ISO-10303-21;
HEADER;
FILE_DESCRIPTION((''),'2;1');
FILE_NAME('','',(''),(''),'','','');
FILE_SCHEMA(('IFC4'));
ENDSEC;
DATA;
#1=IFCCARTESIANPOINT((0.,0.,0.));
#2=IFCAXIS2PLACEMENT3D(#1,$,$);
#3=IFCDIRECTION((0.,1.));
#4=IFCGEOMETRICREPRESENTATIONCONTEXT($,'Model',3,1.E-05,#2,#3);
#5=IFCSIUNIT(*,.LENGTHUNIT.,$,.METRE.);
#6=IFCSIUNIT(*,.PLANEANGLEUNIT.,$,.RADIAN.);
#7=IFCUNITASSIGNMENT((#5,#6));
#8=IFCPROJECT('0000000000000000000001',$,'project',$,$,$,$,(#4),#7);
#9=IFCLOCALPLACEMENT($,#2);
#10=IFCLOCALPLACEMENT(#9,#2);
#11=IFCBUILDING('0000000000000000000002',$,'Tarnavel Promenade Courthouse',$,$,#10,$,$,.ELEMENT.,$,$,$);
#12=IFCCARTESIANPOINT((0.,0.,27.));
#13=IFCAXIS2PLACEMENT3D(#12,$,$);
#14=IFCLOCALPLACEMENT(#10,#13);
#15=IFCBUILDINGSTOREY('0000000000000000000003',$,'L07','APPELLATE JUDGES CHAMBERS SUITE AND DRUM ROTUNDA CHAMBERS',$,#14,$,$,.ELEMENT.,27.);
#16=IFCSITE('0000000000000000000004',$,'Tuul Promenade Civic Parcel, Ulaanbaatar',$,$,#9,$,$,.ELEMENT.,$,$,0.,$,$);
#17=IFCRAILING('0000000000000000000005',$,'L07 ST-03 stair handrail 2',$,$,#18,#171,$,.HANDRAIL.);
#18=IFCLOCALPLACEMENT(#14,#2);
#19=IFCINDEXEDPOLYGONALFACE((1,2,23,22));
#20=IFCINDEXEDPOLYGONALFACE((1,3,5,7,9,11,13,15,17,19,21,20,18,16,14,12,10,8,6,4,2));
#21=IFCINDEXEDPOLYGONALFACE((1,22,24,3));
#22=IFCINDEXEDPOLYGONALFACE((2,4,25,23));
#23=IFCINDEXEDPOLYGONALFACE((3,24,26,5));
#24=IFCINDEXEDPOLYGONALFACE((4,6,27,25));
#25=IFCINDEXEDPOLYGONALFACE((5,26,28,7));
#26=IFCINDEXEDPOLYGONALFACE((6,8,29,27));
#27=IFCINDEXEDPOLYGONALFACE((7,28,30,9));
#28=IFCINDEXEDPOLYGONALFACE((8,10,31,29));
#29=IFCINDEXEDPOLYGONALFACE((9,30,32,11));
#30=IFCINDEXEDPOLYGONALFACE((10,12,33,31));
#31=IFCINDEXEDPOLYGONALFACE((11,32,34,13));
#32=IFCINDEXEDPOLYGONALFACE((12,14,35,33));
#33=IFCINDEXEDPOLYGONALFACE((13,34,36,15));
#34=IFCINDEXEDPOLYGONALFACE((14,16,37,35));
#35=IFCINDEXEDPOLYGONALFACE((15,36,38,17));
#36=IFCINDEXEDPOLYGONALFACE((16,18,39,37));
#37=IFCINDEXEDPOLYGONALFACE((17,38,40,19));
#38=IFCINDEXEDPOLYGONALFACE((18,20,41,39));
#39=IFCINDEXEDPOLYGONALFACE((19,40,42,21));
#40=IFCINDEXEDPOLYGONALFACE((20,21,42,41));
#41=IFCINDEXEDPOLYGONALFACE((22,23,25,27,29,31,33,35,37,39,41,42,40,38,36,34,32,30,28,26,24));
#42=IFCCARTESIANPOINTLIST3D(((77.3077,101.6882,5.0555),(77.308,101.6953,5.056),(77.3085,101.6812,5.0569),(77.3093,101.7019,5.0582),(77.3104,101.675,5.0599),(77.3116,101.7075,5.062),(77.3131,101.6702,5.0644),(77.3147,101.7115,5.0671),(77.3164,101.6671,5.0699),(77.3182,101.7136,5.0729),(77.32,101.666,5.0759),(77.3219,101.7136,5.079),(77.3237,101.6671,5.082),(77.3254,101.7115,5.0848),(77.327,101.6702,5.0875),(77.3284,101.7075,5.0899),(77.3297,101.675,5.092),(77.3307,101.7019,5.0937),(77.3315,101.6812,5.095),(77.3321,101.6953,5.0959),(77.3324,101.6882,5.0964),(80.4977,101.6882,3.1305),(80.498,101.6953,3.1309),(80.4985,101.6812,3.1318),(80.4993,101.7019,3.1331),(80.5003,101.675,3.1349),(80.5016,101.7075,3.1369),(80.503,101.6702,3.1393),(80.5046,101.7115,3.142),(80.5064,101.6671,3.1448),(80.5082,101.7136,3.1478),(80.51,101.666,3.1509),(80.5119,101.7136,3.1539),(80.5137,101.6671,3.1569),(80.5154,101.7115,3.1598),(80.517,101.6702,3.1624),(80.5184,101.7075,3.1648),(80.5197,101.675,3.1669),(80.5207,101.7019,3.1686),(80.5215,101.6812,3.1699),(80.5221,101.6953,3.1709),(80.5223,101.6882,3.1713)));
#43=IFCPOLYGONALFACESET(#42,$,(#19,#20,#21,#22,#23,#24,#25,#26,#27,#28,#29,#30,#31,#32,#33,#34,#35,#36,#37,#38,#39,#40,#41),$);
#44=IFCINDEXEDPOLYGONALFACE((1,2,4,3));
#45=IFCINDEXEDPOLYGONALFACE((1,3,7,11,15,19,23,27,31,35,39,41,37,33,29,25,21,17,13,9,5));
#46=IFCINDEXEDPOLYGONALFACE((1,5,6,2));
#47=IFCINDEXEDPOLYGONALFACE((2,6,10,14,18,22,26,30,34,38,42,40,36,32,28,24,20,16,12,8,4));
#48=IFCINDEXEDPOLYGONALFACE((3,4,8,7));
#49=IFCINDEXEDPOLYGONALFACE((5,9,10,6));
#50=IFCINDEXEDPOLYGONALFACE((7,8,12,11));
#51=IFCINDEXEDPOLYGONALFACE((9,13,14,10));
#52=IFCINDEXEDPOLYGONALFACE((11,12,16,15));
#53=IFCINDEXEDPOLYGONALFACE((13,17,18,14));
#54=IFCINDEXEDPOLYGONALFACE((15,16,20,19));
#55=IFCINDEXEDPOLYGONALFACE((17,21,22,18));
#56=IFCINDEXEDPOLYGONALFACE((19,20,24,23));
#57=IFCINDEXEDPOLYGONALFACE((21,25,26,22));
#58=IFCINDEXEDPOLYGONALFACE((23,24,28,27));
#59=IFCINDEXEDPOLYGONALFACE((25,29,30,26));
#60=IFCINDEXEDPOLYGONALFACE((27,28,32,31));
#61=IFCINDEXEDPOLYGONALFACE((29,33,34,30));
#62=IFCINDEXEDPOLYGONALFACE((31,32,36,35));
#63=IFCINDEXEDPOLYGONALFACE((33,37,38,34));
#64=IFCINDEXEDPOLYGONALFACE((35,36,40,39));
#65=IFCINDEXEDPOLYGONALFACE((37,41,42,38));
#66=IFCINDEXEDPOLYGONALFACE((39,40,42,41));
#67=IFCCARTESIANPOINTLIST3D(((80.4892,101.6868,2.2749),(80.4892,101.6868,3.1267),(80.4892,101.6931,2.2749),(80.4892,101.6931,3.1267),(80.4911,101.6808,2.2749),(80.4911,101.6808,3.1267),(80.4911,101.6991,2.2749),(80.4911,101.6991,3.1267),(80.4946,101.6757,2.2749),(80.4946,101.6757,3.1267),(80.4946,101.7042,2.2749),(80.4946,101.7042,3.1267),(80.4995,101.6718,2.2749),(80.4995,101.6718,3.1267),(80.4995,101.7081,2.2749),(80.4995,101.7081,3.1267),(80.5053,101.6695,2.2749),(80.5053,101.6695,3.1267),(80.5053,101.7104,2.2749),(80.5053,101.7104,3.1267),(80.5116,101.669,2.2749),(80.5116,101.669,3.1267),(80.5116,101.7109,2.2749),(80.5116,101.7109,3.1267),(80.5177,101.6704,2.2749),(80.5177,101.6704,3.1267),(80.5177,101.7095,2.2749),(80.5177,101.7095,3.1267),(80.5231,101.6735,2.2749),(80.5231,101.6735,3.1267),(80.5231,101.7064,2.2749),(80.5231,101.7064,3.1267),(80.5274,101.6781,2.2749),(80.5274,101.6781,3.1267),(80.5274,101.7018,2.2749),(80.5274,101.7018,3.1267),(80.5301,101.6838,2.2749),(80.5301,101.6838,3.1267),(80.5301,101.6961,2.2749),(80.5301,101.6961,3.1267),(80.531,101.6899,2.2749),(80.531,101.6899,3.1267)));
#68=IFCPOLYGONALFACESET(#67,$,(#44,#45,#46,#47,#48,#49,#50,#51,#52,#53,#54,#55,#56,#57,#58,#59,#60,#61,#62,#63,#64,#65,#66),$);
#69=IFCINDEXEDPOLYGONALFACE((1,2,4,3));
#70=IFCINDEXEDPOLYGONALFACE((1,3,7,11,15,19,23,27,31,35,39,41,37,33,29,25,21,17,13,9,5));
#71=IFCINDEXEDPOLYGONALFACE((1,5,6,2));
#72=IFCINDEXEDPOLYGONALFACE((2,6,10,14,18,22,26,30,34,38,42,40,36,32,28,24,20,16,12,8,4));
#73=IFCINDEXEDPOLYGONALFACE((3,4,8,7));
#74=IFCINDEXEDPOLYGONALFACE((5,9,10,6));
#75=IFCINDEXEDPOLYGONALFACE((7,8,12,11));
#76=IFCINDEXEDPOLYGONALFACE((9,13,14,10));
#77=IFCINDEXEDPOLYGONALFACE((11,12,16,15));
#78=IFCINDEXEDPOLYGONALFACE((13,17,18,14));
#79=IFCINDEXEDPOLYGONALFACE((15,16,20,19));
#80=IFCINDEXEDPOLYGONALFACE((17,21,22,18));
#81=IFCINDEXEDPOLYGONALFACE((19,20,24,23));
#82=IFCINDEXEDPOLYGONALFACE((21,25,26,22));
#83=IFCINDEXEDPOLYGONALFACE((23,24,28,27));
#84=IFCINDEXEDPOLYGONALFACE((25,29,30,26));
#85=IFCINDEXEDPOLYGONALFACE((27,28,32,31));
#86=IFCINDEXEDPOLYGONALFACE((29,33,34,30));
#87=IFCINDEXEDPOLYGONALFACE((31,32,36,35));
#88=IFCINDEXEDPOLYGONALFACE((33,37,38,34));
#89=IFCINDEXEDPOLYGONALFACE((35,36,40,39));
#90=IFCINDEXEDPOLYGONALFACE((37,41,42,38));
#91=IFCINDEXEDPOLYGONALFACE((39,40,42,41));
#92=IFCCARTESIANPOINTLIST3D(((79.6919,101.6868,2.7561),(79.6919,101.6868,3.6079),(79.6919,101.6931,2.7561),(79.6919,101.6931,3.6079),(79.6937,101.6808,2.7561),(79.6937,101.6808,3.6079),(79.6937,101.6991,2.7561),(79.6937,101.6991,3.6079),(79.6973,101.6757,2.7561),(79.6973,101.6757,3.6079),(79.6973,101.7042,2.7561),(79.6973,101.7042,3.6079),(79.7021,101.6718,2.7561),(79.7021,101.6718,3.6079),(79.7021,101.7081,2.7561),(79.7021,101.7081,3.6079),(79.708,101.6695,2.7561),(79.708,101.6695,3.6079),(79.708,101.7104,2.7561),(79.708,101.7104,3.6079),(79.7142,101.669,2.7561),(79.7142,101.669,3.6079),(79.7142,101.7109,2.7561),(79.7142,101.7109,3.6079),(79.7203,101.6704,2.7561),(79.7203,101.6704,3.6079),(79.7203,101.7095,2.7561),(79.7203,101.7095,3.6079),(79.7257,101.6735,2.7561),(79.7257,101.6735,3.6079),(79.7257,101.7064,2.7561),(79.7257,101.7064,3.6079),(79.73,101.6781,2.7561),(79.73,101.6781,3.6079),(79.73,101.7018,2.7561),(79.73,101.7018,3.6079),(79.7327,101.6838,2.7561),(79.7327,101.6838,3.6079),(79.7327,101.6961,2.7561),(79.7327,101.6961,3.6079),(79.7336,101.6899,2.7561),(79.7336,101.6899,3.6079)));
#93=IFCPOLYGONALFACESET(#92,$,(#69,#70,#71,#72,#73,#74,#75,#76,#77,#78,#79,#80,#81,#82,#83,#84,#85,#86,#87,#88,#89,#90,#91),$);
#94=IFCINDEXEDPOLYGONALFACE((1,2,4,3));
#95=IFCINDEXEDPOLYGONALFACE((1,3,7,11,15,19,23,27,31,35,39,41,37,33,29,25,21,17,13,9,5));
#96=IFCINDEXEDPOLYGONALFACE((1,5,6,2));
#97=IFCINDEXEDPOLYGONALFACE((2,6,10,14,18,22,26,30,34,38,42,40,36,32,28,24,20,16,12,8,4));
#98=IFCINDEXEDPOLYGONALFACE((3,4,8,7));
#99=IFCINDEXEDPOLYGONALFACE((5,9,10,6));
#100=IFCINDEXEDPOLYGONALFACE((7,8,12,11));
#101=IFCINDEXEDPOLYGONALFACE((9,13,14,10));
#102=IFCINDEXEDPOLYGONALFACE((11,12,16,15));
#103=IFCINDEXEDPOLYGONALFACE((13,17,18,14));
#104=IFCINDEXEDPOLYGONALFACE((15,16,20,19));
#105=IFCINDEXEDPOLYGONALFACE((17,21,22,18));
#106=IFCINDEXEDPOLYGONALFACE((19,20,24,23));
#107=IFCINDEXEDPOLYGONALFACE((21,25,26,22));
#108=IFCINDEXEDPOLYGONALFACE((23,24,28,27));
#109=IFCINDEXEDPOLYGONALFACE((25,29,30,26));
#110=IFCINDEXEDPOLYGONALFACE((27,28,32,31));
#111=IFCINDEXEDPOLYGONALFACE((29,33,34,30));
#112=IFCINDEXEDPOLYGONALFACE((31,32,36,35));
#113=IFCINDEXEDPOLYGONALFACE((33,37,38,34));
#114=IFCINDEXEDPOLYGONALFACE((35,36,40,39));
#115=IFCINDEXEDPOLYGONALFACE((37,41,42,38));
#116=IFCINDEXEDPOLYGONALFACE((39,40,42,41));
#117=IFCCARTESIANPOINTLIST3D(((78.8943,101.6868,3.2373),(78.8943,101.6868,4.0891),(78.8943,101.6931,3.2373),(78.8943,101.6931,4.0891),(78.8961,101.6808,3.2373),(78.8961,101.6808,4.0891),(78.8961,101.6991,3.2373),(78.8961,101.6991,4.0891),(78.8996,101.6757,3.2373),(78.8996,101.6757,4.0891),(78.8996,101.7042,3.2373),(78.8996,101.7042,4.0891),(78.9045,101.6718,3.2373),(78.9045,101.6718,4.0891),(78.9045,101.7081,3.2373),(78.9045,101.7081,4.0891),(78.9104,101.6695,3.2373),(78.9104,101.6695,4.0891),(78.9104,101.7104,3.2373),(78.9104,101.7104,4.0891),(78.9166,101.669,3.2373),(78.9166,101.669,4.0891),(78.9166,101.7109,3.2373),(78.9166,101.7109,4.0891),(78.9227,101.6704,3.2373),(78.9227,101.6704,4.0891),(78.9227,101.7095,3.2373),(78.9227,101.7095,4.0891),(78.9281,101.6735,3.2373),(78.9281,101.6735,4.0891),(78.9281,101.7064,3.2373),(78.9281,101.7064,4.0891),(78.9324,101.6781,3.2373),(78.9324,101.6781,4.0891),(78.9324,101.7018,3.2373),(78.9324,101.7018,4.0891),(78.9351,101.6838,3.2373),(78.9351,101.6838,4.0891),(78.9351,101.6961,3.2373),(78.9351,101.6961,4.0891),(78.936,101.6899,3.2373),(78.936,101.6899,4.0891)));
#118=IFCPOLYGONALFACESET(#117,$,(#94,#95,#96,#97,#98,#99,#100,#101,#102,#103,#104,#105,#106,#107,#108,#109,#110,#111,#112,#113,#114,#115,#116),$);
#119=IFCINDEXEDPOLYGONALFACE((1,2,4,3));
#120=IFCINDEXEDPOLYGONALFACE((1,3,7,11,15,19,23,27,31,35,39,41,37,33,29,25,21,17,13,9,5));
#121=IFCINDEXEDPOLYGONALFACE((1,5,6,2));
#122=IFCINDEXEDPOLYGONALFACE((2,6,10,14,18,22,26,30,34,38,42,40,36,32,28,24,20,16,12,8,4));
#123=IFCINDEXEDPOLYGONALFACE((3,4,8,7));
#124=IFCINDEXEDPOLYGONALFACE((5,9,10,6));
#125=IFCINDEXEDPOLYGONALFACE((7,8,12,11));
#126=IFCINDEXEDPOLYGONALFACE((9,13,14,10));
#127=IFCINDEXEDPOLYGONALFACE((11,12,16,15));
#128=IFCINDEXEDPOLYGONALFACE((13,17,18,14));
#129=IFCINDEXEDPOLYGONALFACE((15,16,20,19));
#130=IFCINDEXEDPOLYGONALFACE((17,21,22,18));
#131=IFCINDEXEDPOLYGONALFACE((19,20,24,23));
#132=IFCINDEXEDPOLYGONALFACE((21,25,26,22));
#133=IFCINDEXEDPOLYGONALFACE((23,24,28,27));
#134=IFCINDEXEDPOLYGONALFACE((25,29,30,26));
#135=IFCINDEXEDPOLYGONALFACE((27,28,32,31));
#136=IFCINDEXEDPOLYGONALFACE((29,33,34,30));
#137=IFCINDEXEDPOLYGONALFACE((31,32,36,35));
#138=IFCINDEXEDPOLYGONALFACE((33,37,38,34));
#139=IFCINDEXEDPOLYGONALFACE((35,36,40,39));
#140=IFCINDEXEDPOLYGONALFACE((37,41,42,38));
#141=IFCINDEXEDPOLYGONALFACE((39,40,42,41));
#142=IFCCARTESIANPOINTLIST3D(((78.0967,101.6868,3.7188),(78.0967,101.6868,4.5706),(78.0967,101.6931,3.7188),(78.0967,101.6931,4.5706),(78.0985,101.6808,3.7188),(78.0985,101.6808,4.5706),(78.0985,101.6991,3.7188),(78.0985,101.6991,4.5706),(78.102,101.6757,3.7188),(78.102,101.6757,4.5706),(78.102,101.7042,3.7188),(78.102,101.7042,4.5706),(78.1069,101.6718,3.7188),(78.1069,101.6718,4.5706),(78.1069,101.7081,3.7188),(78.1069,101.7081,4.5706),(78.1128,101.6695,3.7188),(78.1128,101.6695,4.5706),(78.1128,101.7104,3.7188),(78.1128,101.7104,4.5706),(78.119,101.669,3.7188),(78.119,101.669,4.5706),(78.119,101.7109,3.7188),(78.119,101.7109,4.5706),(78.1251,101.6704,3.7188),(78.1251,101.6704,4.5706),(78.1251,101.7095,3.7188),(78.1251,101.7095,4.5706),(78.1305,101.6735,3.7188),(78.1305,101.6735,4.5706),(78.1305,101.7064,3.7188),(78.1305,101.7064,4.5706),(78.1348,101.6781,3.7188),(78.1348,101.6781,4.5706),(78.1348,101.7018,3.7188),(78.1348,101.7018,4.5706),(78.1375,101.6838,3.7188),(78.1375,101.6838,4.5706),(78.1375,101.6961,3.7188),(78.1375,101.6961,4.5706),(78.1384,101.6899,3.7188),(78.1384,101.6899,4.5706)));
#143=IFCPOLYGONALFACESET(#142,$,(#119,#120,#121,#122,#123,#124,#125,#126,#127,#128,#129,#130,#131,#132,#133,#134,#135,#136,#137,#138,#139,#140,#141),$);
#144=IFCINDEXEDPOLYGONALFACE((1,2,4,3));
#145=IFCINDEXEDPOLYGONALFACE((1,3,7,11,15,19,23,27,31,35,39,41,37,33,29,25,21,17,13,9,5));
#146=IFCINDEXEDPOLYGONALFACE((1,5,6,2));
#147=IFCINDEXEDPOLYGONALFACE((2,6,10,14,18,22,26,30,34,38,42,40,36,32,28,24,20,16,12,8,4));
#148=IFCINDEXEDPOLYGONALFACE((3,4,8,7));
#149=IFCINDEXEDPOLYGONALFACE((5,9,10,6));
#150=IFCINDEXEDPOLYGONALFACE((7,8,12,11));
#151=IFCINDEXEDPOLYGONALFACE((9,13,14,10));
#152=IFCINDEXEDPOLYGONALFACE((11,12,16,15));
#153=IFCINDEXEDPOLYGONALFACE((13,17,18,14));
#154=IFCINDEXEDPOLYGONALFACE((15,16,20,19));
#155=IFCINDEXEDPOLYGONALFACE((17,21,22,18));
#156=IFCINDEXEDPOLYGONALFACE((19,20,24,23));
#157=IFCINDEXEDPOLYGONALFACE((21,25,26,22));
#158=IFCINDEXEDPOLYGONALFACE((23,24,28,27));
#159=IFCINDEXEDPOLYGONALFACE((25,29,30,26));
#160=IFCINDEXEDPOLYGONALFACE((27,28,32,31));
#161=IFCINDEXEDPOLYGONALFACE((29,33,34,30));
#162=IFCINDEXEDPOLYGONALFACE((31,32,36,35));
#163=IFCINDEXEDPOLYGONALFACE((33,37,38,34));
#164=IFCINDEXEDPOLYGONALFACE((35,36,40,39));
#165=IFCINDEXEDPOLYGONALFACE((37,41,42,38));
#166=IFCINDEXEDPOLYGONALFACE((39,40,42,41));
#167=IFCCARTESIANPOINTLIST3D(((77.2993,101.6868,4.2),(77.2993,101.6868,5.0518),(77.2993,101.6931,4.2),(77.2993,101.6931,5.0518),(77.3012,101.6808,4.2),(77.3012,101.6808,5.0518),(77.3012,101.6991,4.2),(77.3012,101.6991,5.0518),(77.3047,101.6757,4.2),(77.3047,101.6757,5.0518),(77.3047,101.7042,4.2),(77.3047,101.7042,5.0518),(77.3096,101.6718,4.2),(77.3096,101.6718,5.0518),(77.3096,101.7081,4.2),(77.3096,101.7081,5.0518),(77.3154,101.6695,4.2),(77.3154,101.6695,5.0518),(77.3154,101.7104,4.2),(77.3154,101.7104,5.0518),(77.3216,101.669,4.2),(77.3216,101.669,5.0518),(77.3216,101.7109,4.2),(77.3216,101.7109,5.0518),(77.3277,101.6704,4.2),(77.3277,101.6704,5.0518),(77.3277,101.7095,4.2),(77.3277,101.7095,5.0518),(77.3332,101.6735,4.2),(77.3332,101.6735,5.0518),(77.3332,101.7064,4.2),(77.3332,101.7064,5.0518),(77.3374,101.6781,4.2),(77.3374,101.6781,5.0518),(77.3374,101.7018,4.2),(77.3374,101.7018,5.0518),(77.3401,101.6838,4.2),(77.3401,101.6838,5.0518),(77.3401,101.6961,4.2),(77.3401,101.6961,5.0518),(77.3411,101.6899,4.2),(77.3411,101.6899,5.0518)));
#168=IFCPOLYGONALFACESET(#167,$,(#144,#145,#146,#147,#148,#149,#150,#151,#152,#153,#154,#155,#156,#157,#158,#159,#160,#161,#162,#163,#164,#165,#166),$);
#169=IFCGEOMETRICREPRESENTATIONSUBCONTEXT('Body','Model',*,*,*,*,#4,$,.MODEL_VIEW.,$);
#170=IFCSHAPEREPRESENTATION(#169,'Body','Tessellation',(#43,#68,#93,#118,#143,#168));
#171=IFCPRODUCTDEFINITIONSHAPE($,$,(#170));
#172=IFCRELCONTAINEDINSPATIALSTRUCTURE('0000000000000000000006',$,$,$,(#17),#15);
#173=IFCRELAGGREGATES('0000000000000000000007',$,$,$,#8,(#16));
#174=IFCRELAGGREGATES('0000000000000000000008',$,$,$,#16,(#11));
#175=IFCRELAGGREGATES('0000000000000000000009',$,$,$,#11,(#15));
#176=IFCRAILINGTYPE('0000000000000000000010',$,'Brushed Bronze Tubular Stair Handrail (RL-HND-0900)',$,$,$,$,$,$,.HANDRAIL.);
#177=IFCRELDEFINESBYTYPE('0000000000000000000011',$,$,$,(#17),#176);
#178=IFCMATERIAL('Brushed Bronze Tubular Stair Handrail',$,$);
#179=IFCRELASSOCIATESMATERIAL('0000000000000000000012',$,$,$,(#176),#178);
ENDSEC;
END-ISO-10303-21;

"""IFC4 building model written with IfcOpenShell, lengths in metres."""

from ifc_helpers import new_model, si_unit, direction, frame, origin, origin_2d, place, context, subcontext, project, spatial, circle, extrude, material, type_object, element, save


model = new_model("IFC4")

# Units and contexts
model_context = context("Model", 3, precision=1e-05, world=origin(), true_north=direction((0.0, 1.0)))
body_context = subcontext(model_context, "Body", "Model", "MODEL_VIEW")
ifc_project = project(units=[si_unit("LENGTHUNIT", "METRE"), si_unit("PLANEANGLEUNIT", "RADIAN")], contexts=[model_context])

# Site, building, storey
site_placement = place(None, origin())
site = spatial("IfcSite", under=ifc_project, at=site_placement, Name="Tuul Promenade Civic Parcel, Ulaanbaatar", CompositionType="ELEMENT", RefElevation=0.0)
building_placement = place(site_placement, origin())
building = spatial("IfcBuilding", under=site, at=building_placement, Name="Tarnavel Promenade Courthouse", CompositionType="ELEMENT")
storey_placement = place(building_placement, frame((0.0, 0.0, 27.0)))
storey = spatial("IfcBuildingStorey", under=building, at=storey_placement, Name="L07", Description="APPELLATE JUDGES CHAMBERS SUITE AND DRUM ROTUNDA CHAMBERS", CompositionType="ELEMENT", Elevation=27.0)

# Railing
ifc_material_1 = material(Name="Brushed Bronze Tubular Stair Handrail")
railing_type_1 = type_object("IfcRailingType", Name="Brushed Bronze Tubular Stair Handrail (RL-HND-0900)", PredefinedType="HANDRAIL", material=ifc_material_1)
railing_1_placement = place(storey_placement, frame((80.51, 101.6899, 2.2749)))
element("IfcRailing", 1, at=railing_1_placement, inside=storey, type_object=railing_type_1, Name="L07 ST-03 stair handrail 2", PredefinedType="HANDRAIL", context=body_context, shape_type="SweptSolid", body=[
    extrude(circle(Radius=0.0239, at=origin_2d()), frame((0.0, 0.0, 0.876), z_axis=(-0.856178, 0.0, 0.516682), x_axis=(0.0, -1.0, 0.0)), (0.0, 0.0, 1.0), 3.7258),
    extrude(circle(Radius=0.021, at=origin_2d()), origin(), (0.0, 0.0, 1.0), 0.8518),
    extrude(circle(Radius=0.021, at=origin_2d()), frame((-0.7974, 0.0, 0.4812)), (0.0, 0.0, 1.0), 0.8518),
    extrude(circle(Radius=0.021, at=origin_2d()), frame((-1.595, 0.0, 0.9624)), (0.0, 0.0, 1.0), 0.8518),
    extrude(circle(Radius=0.021, at=origin_2d()), frame((-2.3926, 0.0, 1.4438)), (0.0, 0.0, 1.0), 0.8518),
    extrude(circle(Radius=0.021, at=origin_2d()), frame((-3.1899, 0.0, 1.925)), (0.0, 0.0, 1.0), 0.8518),
])

save(model, "model.ifc")
